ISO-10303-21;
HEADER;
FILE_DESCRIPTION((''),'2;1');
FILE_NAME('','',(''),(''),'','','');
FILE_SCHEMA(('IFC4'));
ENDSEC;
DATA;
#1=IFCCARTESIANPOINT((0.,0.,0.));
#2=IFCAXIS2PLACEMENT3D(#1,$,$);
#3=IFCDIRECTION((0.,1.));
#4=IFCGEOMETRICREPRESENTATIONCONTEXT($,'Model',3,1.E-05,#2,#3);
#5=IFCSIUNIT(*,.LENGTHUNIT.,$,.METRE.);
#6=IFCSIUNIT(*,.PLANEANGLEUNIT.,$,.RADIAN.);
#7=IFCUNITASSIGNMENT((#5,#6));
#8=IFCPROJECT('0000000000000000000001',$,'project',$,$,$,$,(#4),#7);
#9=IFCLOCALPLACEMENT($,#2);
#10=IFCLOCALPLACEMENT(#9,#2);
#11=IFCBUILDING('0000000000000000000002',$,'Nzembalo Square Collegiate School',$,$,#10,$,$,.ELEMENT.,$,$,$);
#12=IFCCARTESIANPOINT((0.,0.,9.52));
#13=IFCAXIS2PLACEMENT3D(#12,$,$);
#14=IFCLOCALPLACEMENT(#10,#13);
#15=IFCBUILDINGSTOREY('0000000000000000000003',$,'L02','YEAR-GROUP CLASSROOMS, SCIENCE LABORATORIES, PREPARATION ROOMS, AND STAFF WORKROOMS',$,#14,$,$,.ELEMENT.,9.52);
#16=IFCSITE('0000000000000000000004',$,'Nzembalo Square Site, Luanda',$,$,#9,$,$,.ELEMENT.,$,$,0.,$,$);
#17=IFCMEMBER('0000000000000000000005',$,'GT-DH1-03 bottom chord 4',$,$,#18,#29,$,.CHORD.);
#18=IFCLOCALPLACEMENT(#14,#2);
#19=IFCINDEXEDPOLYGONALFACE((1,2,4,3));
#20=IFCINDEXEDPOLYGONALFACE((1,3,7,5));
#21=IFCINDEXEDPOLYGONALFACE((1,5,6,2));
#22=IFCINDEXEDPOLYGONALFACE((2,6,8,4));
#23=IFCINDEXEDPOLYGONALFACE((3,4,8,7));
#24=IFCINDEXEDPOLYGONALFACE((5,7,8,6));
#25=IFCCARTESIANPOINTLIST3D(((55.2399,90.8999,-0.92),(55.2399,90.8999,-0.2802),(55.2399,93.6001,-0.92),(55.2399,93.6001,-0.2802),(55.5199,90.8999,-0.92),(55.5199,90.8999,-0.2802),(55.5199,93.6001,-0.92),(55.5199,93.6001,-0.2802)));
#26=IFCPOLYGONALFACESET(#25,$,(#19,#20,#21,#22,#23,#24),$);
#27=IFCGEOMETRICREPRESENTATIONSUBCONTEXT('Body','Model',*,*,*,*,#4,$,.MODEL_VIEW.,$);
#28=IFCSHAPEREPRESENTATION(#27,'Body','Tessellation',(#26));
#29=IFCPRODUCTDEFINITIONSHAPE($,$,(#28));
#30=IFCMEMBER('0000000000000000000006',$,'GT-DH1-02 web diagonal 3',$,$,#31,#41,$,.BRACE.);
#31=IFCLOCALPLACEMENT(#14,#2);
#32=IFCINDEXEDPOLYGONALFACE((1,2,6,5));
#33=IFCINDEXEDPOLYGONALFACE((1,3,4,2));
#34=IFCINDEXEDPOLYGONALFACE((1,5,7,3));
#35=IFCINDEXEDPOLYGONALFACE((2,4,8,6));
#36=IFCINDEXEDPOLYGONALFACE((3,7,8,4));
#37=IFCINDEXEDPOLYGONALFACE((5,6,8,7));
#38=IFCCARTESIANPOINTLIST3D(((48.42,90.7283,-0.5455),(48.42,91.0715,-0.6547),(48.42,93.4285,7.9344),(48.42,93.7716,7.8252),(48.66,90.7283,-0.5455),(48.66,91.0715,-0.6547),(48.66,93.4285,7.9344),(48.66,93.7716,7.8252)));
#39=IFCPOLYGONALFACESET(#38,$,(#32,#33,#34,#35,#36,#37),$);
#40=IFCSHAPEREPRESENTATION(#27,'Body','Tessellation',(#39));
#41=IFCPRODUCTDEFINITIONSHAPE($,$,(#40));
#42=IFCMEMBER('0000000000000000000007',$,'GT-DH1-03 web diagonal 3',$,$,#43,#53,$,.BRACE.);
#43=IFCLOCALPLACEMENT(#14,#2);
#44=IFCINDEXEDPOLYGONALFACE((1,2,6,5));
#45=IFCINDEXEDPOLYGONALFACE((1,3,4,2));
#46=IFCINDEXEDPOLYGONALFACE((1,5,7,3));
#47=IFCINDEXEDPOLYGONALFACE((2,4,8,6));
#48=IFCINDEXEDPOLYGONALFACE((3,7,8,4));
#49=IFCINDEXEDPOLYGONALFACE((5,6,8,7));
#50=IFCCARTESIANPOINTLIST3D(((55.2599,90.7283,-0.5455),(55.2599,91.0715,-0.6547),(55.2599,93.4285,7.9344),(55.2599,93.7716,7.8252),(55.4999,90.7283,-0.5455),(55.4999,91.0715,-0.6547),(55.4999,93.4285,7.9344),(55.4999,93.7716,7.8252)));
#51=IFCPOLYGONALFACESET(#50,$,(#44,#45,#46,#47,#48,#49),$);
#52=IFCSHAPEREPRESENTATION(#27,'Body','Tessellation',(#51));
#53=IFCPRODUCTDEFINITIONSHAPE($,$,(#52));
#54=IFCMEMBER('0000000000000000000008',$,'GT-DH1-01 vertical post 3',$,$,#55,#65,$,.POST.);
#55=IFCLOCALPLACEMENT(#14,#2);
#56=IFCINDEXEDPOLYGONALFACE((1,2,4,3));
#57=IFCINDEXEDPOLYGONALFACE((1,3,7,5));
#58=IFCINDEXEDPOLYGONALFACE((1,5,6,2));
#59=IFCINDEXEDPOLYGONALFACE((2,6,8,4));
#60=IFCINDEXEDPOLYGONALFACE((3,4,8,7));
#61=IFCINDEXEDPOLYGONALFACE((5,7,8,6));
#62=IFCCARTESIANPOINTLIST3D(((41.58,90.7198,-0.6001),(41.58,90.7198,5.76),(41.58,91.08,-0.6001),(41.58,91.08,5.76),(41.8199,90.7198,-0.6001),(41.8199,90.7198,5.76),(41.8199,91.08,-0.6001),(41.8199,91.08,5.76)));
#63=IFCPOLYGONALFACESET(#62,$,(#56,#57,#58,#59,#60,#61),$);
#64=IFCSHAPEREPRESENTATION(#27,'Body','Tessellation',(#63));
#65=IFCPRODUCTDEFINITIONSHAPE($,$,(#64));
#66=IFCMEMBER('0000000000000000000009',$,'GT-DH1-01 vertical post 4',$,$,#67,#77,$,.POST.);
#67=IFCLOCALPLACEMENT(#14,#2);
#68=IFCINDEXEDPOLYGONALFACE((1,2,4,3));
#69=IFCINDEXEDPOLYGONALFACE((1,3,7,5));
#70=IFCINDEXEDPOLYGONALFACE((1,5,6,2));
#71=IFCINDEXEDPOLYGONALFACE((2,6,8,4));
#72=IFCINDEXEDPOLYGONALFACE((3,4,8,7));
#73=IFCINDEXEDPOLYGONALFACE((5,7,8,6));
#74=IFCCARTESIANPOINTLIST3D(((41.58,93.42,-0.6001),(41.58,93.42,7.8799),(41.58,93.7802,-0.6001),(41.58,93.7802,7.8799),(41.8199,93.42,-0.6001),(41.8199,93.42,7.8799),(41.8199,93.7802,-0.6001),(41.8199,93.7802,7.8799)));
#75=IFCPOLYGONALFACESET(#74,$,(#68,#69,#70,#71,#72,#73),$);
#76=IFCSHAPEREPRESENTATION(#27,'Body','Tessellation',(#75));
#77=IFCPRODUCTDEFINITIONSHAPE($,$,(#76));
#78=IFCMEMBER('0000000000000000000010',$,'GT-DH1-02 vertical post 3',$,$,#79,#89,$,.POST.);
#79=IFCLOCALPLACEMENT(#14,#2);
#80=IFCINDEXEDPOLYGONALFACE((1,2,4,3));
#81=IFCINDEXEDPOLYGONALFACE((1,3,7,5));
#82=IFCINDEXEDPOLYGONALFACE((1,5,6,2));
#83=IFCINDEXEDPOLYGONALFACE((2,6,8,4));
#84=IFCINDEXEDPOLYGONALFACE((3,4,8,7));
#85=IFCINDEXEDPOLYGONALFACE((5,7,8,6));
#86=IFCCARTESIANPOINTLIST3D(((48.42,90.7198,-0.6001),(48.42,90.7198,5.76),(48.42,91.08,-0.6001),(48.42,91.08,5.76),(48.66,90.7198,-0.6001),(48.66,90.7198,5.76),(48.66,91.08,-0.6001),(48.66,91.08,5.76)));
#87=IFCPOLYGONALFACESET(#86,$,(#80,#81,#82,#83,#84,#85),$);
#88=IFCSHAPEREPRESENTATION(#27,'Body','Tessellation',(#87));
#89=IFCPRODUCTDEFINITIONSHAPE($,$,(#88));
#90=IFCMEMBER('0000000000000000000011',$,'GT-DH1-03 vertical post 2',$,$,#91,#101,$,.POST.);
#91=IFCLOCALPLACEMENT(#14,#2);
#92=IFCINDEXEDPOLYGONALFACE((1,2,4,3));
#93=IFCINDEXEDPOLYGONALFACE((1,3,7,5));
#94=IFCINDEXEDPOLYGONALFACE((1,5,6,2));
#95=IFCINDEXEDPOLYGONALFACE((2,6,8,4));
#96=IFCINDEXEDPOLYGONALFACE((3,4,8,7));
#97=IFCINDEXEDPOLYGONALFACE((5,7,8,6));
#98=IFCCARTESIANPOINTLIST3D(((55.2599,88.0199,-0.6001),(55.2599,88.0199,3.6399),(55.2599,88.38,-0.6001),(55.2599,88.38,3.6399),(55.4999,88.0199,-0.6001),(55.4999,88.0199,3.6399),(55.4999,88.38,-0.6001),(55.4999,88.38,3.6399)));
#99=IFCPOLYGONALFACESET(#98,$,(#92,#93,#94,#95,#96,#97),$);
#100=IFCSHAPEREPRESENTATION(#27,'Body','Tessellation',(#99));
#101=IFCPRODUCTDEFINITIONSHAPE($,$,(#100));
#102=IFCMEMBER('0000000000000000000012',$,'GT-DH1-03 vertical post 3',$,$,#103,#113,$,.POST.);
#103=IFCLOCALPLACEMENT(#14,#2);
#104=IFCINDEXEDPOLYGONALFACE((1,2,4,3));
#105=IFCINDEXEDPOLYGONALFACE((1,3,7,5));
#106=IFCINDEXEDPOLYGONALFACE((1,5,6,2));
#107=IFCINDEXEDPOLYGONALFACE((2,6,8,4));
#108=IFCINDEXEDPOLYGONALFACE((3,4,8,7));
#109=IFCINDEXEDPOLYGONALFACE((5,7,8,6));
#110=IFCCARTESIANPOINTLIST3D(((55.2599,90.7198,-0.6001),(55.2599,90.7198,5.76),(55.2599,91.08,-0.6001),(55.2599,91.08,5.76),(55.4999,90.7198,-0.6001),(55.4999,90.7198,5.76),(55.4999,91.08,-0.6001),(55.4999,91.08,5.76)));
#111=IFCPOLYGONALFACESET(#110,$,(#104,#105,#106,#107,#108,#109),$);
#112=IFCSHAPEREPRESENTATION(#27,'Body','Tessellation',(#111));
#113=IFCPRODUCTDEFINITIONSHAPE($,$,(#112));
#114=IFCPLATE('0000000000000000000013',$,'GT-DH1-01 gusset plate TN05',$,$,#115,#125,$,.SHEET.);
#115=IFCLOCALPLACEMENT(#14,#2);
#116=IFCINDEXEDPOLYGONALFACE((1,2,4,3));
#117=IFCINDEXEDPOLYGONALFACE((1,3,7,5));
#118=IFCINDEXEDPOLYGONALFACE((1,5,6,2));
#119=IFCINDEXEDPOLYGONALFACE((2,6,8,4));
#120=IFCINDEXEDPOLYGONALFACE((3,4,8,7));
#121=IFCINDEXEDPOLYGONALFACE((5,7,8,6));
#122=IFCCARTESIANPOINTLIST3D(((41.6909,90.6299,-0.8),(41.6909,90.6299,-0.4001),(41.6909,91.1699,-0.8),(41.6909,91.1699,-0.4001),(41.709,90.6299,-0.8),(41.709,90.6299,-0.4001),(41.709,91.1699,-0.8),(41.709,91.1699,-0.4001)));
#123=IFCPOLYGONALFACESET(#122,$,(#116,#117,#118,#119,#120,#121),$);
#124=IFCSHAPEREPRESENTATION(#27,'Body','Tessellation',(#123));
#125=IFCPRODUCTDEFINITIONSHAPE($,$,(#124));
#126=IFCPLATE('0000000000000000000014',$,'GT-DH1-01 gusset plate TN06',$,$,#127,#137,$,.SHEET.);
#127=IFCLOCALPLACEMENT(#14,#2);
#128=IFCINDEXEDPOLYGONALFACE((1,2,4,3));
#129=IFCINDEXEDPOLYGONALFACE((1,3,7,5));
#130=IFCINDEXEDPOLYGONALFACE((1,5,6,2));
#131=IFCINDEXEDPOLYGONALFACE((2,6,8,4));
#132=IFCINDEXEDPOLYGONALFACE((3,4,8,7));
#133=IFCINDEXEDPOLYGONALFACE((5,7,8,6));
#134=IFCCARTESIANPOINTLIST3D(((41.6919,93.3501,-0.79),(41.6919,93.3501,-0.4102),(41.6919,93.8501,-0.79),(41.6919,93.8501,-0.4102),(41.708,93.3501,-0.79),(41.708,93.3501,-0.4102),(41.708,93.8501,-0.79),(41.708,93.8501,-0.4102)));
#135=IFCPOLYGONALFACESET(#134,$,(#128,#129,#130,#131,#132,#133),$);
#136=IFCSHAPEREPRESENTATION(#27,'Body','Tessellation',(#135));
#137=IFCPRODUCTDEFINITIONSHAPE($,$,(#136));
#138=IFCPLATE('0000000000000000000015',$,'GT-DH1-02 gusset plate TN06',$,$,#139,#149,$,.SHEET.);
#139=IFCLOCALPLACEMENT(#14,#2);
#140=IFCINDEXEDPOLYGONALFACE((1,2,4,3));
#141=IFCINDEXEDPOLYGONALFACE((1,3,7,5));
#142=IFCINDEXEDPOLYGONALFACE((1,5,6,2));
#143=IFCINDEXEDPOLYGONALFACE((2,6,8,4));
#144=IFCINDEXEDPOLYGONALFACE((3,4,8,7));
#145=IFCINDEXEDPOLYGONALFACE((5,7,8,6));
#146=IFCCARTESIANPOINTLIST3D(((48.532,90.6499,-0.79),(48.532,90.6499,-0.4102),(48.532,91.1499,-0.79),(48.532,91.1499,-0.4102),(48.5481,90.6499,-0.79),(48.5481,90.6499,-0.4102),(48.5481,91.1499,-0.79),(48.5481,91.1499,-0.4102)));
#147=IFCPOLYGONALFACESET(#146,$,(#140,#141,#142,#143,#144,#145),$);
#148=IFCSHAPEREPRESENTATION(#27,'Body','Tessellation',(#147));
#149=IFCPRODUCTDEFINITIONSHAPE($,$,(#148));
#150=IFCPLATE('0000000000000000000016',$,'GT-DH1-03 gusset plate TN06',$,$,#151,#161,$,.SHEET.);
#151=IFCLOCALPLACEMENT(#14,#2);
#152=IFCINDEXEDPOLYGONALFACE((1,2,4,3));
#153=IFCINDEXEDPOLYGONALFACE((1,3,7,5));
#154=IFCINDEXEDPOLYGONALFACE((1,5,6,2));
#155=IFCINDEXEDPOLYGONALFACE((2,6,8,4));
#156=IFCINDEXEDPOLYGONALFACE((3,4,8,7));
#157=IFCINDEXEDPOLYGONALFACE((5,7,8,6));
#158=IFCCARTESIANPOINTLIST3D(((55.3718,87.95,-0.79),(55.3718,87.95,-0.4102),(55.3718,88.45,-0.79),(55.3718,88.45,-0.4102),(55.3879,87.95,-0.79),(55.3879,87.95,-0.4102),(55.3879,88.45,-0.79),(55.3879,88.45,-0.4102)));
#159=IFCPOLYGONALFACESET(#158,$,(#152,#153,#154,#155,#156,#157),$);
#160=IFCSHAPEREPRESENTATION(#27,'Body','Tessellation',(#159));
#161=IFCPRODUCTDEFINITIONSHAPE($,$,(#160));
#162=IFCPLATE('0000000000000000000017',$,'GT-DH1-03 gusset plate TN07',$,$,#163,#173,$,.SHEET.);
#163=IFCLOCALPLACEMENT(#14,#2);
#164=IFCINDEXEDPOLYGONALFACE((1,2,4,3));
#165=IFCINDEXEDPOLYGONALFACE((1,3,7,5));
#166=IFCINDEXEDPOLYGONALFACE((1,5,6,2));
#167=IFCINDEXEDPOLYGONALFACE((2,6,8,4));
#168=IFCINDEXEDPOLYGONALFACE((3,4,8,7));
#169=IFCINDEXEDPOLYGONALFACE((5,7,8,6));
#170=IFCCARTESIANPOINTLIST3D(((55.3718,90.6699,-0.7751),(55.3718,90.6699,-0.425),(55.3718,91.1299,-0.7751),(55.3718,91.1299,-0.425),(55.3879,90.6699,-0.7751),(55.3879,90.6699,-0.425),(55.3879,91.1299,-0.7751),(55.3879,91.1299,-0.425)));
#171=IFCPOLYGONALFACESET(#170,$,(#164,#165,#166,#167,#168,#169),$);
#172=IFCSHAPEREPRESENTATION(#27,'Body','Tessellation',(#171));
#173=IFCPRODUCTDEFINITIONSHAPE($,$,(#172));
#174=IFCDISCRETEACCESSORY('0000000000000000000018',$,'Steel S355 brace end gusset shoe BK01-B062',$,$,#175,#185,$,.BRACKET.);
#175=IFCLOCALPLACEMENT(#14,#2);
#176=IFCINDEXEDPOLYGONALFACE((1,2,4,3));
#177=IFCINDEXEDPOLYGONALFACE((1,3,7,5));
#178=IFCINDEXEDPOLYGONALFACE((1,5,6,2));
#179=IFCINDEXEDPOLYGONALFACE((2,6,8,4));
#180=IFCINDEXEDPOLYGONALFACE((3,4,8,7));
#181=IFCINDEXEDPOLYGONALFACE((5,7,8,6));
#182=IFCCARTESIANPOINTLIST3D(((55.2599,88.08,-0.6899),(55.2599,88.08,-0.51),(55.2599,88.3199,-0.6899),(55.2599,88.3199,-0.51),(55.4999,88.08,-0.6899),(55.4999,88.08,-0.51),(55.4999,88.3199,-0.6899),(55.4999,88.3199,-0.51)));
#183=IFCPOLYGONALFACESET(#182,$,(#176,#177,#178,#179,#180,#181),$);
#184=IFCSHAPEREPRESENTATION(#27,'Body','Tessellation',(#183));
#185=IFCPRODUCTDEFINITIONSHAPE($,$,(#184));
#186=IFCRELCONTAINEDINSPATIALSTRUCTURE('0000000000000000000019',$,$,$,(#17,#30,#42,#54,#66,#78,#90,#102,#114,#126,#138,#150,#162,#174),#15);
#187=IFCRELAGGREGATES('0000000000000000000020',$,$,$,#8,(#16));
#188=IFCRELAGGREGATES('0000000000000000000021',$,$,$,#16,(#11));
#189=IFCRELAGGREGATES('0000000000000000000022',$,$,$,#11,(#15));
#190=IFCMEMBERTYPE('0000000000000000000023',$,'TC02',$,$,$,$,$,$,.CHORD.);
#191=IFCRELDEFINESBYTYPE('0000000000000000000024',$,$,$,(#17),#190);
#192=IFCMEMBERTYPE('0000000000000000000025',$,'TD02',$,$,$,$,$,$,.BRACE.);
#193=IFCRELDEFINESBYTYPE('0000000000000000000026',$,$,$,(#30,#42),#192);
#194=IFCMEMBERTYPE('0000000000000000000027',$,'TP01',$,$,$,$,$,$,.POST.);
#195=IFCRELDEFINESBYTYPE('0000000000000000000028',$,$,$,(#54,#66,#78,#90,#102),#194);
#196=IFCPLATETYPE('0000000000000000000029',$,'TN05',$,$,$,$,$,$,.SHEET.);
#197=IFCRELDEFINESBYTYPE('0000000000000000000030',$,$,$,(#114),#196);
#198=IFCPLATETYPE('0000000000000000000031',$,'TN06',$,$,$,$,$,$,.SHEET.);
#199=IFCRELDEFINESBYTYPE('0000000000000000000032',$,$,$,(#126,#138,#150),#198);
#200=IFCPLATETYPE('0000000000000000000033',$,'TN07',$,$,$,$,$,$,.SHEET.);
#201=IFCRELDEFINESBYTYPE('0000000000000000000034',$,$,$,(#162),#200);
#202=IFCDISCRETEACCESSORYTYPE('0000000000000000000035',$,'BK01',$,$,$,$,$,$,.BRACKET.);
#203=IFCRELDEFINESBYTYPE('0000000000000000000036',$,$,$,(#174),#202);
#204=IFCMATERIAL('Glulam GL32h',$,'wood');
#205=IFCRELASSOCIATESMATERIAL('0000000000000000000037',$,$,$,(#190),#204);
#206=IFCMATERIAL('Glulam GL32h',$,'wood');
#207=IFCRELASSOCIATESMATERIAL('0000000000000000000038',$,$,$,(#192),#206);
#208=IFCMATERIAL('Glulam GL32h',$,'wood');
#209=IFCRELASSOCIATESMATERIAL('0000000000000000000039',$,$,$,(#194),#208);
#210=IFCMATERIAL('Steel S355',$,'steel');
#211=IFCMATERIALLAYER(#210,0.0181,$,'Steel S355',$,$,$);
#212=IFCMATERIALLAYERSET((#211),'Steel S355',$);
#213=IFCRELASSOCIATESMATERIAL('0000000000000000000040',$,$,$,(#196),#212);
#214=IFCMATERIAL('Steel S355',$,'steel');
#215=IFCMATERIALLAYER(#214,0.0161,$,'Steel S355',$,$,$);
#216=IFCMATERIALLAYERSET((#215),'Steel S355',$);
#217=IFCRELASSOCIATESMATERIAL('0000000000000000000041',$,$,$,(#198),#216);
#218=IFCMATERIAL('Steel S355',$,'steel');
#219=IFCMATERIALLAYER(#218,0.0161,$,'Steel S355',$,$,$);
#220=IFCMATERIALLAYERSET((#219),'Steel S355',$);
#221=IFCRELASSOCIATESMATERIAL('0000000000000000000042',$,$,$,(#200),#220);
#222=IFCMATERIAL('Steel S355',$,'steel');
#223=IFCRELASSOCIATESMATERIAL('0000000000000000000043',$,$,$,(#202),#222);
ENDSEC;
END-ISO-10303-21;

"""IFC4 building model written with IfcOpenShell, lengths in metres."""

from ifc_helpers import new_model, si_unit, direction, frame, origin, origin_2d, place, context, subcontext, project, spatial, rectangle, extrude, material, layer, layer_set, material_profile, profile_set, type_object, element, save


model = new_model("IFC4")

# Units and contexts
model_context = context("Model", 3, precision=1e-05, world=origin(), true_north=direction((0.0, 1.0)))
body_context = subcontext(model_context, "Body", "Model", "MODEL_VIEW")
ifc_project = project(units=[si_unit("LENGTHUNIT", "METRE"), si_unit("PLANEANGLEUNIT", "RADIAN")], contexts=[model_context])

# Site, building, storey
site_placement = place(None, origin())
site = spatial("IfcSite", under=ifc_project, at=site_placement, Name="Nzembalo Square Site, Luanda", CompositionType="ELEMENT", RefElevation=0.0)
building_placement = place(site_placement, origin())
building = spatial("IfcBuilding", under=site, at=building_placement, Name="Nzembalo Square Collegiate School", CompositionType="ELEMENT")
storey_placement = place(building_placement, frame((0.0, 0.0, 9.52)))
storey = spatial("IfcBuildingStorey", under=building, at=storey_placement, Name="L02", Description="YEAR-GROUP CLASSROOMS, SCIENCE LABORATORIES, PREPARATION ROOMS, AND STAFF WORKROOMS", CompositionType="ELEMENT", Elevation=9.52)

# Members
ifc_material_1 = material(Name="Glulam GL32h", Category="wood")
ifc_material_profile_1 = material_profile(ifc_material_1, rectangle(XDim=0.28, YDim=0.6399, at=origin_2d()), Name="GL32h 280x640")
ifc_profile_set_1 = profile_set([ifc_material_profile_1], Name="Glulam GL32h")
member_type_1 = type_object("IfcMemberType", Name="TC02", PredefinedType="CHORD", material=ifc_profile_set_1)
member_1_placement = place(storey_placement, frame((55.3799, 90.8999, -0.6001), z_axis=(0.0, 1.0, 0.0), x_axis=(-1.0, 0.0, 0.0)))
element("IfcMember", 1, at=member_1_placement, inside=storey, type_object=member_type_1, Name="GT-DH1-03 bottom chord 4", PredefinedType="CHORD", context=body_context, shape_type="SweptSolid", body=[
    extrude(rectangle(XDim=0.28, YDim=0.6399, at=origin_2d()), origin(), (0.0, 0.0, 1.0), 2.7002),
])
ifc_material_2 = material(Name="Glulam GL32h", Category="wood")
ifc_material_profile_2 = material_profile(ifc_material_2, rectangle(XDim=0.24, YDim=0.3601, at=origin_2d()), Name="GL32h 240x360")
ifc_profile_set_2 = profile_set([ifc_material_profile_2], Name="Glulam GL32h")
member_type_2 = type_object("IfcMemberType", Name="TD02", PredefinedType="BRACE", material=ifc_profile_set_2)
for number, where, z_axis, x_axis, name in (
    (2, (48.54, 90.8999, -0.6001), (0.0, 0.30341, 0.95286), (-1.0, 0.0, 0.0), "GT-DH1-02 web diagonal 3"),
    (3, (55.3799, 90.8999, -0.6001), (0.0, 0.30341, 0.95286), (-1.0, 0.0, 0.0), "GT-DH1-03 web diagonal 3"),
):
    element("IfcMember", number, at=place(storey_placement, frame(where, z_axis=z_axis, x_axis=x_axis)), inside=storey, type_object=member_type_2, Name=name, PredefinedType="BRACE", context=body_context, shape_type="SweptSolid", body=[
        extrude(rectangle(XDim=0.24, YDim=0.3601, at=origin_2d()), origin(), (0.0, 0.0, 1.0), 8.8994),
    ])
ifc_material_3 = material(Name="Glulam GL32h", Category="wood")
ifc_material_profile_3 = material_profile(ifc_material_3, rectangle(XDim=0.24, YDim=0.3601, at=origin_2d()), Name="GL32h 240x360")
ifc_profile_set_3 = profile_set([ifc_material_profile_3], Name="Glulam GL32h")
member_type_3 = type_object("IfcMemberType", Name="TP01", PredefinedType="POST", material=ifc_profile_set_3)
member_2_placement = place(storey_placement, frame((41.7, 90.8999, -0.6001), z_axis=(0.0, 0.0, 1.0), x_axis=(1.0, 0.0, 0.0)))
element("IfcMember", 4, at=member_2_placement, inside=storey, type_object=member_type_3, Name="GT-DH1-01 vertical post 3", PredefinedType="POST", context=body_context, shape_type="SweptSolid", body=[
    extrude(rectangle(XDim=0.24, YDim=0.3601, at=origin_2d()), origin(), (0.0, 0.0, 1.0), 6.3601),
])
member_3_placement = place(storey_placement, frame((41.7, 93.6001, -0.6001), z_axis=(0.0, 0.0, 1.0), x_axis=(1.0, 0.0, 0.0)))
element("IfcMember", 5, at=member_3_placement, inside=storey, type_object=member_type_3, Name="GT-DH1-01 vertical post 4", PredefinedType="POST", context=body_context, shape_type="SweptSolid", body=[
    extrude(rectangle(XDim=0.24, YDim=0.3601, at=origin_2d()), origin(), (0.0, 0.0, 1.0), 8.48),
])
member_4_placement = place(storey_placement, frame((48.54, 90.8999, -0.6001), z_axis=(0.0, 0.0, 1.0), x_axis=(1.0, 0.0, 0.0)))
element("IfcMember", 6, at=member_4_placement, inside=storey, type_object=member_type_3, Name="GT-DH1-02 vertical post 3", PredefinedType="POST", context=body_context, shape_type="SweptSolid", body=[
    extrude(rectangle(XDim=0.24, YDim=0.3601, at=origin_2d()), origin(), (0.0, 0.0, 1.0), 6.3601),
])
member_5_placement = place(storey_placement, frame((55.3799, 88.2, -0.6001), z_axis=(0.0, 0.0, 1.0), x_axis=(1.0, 0.0, 0.0)))
element("IfcMember", 7, at=member_5_placement, inside=storey, type_object=member_type_3, Name="GT-DH1-03 vertical post 2", PredefinedType="POST", context=body_context, shape_type="SweptSolid", body=[
    extrude(rectangle(XDim=0.24, YDim=0.3601, at=origin_2d()), origin(), (0.0, 0.0, 1.0), 4.24),
])
member_6_placement = place(storey_placement, frame((55.3799, 90.8999, -0.6001), z_axis=(0.0, 0.0, 1.0), x_axis=(1.0, 0.0, 0.0)))
element("IfcMember", 8, at=member_6_placement, inside=storey, type_object=member_type_3, Name="GT-DH1-03 vertical post 3", PredefinedType="POST", context=body_context, shape_type="SweptSolid", body=[
    extrude(rectangle(XDim=0.24, YDim=0.3601, at=origin_2d()), origin(), (0.0, 0.0, 1.0), 6.3601),
])

# Plates
ifc_material_4 = material(Name="Steel S355", Category="steel")
ifc_layer_1 = layer(ifc_material_4, 0.0181, Name="Steel S355")
ifc_layer_set_1 = layer_set([ifc_layer_1], Name="Steel S355")
plate_type_1 = type_object("IfcPlateType", Name="TN05", PredefinedType="SHEET", material=ifc_layer_set_1)
plate_1_placement = place(storey_placement, frame((41.7, 90.8999, -0.8), z_axis=(0.0, 0.0, 1.0), x_axis=(0.0, 1.0, 0.0)))
element("IfcPlate", 9, at=plate_1_placement, inside=storey, type_object=plate_type_1, Name="GT-DH1-01 gusset plate TN05", PredefinedType="SHEET", context=body_context, shape_type="SweptSolid", body=[
    extrude(rectangle(XDim=0.54, YDim=0.0181, at=origin_2d()), origin(), (0.0, 0.0, 1.0), 0.3999),
])
ifc_material_5 = material(Name="Steel S355", Category="steel")
ifc_layer_2 = layer(ifc_material_5, 0.0161, Name="Steel S355")
ifc_layer_set_2 = layer_set([ifc_layer_2], Name="Steel S355")
plate_type_2 = type_object("IfcPlateType", Name="TN06", PredefinedType="SHEET", material=ifc_layer_set_2)
for number, where, z_axis, x_axis, name in (
    (10, (41.7, 93.6001, -0.79), (0.0, 0.0, 1.0), (0.0, 1.0, 0.0), "GT-DH1-01 gusset plate TN06"),
    (11, (48.54, 90.8999, -0.79), (0.0, 0.0, 1.0), (0.0, 1.0, 0.0), "GT-DH1-02 gusset plate TN06"),
    (12, (55.3799, 88.2, -0.79), (0.0, 0.0, 1.0), (0.0, 1.0, 0.0), "GT-DH1-03 gusset plate TN06"),
):
    element("IfcPlate", number, at=place(storey_placement, frame(where, z_axis=z_axis, x_axis=x_axis)), inside=storey, type_object=plate_type_2, Name=name, PredefinedType="SHEET", context=body_context, shape_type="SweptSolid", body=[
        extrude(rectangle(XDim=0.5, YDim=0.0161, at=origin_2d()), origin(), (0.0, 0.0, 1.0), 0.3799),
    ])
ifc_material_6 = material(Name="Steel S355", Category="steel")
ifc_layer_3 = layer(ifc_material_6, 0.0161, Name="Steel S355")
ifc_layer_set_3 = layer_set([ifc_layer_3], Name="Steel S355")
plate_type_3 = type_object("IfcPlateType", Name="TN07", PredefinedType="SHEET", material=ifc_layer_set_3)
plate_2_placement = place(storey_placement, frame((55.3799, 90.8999, -0.7751), z_axis=(0.0, 0.0, 1.0), x_axis=(0.0, 1.0, 0.0)))
element("IfcPlate", 13, at=plate_2_placement, inside=storey, type_object=plate_type_3, Name="GT-DH1-03 gusset plate TN07", PredefinedType="SHEET", context=body_context, shape_type="SweptSolid", body=[
    extrude(rectangle(XDim=0.46, YDim=0.0161, at=origin_2d()), origin(), (0.0, 0.0, 1.0), 0.3501),
])

# Discrete accessory
ifc_material_7 = material(Name="Steel S355", Category="steel")
discrete_accessory_type = type_object("IfcDiscreteAccessoryType", Name="BK01", PredefinedType="BRACKET", material=ifc_material_7)
discrete_accessory_placement = place(storey_placement, frame((55.3799, 88.2, -0.6899), z_axis=(0.0, 0.0, 1.0), x_axis=(1.0, 0.0, 0.0)))
element("IfcDiscreteAccessory", 14, at=discrete_accessory_placement, inside=storey, type_object=discrete_accessory_type, Name="Steel S355 brace end gusset shoe BK01-B062", PredefinedType="BRACKET", context=body_context, shape_type="SweptSolid", body=[
    extrude(rectangle(XDim=0.24, YDim=0.24, at=origin_2d()), origin(), (0.0, 0.0, 1.0), 0.1799),
])

save(model, "model.ifc")
